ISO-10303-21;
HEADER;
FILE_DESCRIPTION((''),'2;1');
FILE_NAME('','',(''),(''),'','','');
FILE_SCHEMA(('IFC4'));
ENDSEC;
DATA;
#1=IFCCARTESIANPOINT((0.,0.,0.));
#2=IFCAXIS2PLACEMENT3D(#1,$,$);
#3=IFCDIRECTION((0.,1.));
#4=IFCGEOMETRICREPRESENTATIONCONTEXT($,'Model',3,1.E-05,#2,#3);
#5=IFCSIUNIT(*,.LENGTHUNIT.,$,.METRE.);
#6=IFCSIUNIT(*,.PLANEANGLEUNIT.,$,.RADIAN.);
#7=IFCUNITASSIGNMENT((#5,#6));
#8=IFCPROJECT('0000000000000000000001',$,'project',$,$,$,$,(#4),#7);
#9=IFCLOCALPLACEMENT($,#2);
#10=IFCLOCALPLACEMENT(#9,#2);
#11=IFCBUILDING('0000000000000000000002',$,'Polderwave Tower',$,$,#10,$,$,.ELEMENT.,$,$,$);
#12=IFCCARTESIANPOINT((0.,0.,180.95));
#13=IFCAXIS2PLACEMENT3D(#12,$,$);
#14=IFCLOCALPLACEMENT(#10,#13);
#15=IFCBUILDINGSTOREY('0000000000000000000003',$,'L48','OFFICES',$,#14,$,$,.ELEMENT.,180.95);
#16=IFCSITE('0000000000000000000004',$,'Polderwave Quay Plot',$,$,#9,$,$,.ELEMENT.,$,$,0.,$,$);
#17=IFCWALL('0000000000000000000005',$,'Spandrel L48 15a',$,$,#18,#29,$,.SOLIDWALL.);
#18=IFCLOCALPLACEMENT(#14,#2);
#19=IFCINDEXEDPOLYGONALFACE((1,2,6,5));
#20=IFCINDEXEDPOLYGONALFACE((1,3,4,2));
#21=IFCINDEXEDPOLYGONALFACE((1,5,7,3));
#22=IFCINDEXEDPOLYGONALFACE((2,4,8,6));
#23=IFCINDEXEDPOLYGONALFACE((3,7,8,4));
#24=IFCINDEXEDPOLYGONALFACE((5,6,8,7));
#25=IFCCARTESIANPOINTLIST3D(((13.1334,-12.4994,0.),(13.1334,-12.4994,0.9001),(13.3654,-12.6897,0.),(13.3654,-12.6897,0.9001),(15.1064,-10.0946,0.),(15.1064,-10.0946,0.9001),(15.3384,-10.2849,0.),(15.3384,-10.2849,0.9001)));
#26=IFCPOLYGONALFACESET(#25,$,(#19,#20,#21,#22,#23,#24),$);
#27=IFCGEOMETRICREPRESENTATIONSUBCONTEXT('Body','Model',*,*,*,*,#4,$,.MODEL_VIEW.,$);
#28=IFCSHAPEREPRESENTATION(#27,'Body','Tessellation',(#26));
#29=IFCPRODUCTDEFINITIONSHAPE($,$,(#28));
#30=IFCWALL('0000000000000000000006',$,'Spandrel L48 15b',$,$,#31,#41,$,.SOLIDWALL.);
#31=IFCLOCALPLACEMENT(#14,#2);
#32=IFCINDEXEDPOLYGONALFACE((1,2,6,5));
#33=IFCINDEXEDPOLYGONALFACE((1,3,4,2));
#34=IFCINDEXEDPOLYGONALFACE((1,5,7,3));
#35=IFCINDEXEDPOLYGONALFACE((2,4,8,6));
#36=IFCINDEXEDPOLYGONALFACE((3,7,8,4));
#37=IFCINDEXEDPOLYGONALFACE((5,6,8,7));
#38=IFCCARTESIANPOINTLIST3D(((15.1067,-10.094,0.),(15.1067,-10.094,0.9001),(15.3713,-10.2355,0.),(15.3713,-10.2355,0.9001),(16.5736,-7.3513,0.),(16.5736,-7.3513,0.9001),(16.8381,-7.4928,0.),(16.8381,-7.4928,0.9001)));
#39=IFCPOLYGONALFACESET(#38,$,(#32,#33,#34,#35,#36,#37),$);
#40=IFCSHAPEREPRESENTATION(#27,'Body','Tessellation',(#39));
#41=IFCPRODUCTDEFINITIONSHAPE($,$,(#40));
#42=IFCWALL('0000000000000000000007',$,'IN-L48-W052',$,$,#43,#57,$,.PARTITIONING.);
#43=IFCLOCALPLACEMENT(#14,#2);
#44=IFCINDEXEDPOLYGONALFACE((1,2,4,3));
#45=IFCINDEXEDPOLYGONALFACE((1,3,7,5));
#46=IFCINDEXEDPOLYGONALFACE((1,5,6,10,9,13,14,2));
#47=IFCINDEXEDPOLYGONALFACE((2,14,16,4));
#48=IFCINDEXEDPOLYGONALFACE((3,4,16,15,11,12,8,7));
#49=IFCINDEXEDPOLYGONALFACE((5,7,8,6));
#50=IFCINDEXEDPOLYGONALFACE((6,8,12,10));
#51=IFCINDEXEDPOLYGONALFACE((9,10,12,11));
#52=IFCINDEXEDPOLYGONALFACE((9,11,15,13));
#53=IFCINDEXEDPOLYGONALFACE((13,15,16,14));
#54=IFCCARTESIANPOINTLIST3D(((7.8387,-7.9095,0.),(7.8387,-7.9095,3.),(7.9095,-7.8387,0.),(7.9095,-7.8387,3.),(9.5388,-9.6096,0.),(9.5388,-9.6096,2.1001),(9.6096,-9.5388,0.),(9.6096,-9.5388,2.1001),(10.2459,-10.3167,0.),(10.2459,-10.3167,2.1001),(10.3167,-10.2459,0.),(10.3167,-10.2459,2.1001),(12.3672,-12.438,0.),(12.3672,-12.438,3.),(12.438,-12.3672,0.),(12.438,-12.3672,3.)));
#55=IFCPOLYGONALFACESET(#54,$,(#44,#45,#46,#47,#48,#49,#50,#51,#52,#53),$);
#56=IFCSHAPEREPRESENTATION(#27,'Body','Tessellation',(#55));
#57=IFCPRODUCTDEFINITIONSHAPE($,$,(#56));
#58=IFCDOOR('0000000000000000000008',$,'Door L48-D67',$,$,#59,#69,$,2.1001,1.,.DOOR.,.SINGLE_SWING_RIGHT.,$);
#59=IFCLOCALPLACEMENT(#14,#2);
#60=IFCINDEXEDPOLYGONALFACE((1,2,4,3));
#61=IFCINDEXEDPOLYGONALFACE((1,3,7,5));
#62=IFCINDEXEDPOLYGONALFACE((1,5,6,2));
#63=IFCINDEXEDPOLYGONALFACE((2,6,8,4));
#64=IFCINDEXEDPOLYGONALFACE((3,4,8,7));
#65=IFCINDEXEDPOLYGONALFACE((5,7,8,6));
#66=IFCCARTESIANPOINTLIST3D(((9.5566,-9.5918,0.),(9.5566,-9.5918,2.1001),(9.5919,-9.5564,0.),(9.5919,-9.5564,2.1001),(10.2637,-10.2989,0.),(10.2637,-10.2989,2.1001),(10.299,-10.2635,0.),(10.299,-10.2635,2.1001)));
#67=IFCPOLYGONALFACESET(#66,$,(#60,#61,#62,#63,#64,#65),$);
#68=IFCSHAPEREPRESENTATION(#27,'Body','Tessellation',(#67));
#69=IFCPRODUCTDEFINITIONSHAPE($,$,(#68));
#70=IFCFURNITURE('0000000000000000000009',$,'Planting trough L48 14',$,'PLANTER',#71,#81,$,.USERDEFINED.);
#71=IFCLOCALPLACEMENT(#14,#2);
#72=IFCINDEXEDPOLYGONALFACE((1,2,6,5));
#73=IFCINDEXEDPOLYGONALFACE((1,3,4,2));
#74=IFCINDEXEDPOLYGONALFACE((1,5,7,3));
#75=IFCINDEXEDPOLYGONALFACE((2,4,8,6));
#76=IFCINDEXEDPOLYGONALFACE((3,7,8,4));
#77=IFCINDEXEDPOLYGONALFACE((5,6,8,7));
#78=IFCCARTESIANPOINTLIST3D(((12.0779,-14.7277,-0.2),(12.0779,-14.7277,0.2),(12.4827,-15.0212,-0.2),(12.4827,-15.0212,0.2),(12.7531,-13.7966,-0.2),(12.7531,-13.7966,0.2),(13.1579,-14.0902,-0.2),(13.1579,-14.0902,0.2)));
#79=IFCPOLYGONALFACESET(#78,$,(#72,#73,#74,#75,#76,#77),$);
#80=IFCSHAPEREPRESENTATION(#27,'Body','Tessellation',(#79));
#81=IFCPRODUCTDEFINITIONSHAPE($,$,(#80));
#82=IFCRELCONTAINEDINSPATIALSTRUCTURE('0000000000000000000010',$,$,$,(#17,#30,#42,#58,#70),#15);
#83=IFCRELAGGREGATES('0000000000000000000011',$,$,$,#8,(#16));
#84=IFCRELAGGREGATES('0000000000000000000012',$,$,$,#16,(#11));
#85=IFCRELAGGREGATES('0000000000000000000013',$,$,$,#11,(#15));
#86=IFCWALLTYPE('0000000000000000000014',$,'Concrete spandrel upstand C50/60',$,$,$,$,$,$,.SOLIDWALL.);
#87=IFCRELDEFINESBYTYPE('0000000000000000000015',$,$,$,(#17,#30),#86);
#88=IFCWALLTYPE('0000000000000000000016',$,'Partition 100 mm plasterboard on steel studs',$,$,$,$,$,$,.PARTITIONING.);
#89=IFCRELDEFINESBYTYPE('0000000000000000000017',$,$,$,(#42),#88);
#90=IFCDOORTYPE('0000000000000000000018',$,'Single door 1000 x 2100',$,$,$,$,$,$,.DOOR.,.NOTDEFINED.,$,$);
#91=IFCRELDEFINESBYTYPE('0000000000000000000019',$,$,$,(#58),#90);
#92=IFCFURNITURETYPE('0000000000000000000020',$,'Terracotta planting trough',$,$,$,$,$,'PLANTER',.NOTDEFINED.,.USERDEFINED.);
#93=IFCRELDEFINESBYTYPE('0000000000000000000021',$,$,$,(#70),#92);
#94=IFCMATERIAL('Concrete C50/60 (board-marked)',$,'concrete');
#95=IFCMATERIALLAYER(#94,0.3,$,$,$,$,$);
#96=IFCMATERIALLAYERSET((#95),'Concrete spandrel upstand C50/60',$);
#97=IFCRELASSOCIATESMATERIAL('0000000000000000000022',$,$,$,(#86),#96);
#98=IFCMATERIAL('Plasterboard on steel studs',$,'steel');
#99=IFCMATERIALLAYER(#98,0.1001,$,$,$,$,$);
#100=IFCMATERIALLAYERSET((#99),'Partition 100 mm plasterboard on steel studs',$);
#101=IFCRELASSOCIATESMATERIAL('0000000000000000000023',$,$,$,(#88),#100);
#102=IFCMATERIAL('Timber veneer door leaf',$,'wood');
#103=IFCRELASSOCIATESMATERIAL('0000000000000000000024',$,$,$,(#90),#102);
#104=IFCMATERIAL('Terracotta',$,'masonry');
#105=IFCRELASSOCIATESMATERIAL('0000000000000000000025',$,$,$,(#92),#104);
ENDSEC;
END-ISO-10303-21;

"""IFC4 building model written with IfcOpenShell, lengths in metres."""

from ifc_helpers import new_model, si_unit, direction, frame, frame_2d, origin, origin_2d, place, context, subcontext, project, spatial, rectangle, extrude, material, layer, layer_set, type_object, element, fill, save


model = new_model("IFC4")

# Units and contexts
model_context = context("Model", 3, precision=1e-05, world=origin(), true_north=direction((0.0, 1.0)))
body_context = subcontext(model_context, "Body", "Model", "MODEL_VIEW")
ifc_project = project(units=[si_unit("LENGTHUNIT", "METRE"), si_unit("PLANEANGLEUNIT", "RADIAN")], contexts=[model_context])

# Site, building, storey
site_placement = place(None, origin())
site = spatial("IfcSite", under=ifc_project, at=site_placement, Name="Polderwave Quay Plot", CompositionType="ELEMENT", RefElevation=0.0)
building_placement = place(site_placement, origin())
building = spatial("IfcBuilding", under=site, at=building_placement, Name="Polderwave Tower", CompositionType="ELEMENT")
storey_placement = place(building_placement, frame((0.0, 0.0, 180.95)))
storey = spatial("IfcBuildingStorey", under=building, at=storey_placement, Name="L48", Description="OFFICES", CompositionType="ELEMENT", Elevation=180.95)

# Walls
ifc_material_1 = material(Name="Concrete C50/60 (board-marked)", Category="concrete")
ifc_layer_1 = layer(ifc_material_1, 0.3)
ifc_layer_set_1 = layer_set([ifc_layer_1], Name="Concrete spandrel upstand C50/60")
wall_type_1 = type_object("IfcWallType", Name="Concrete spandrel upstand C50/60", PredefinedType="SOLIDWALL", material=ifc_layer_set_1)
for number, where, z_axis, x_axis, name in (
    (1, (13.2495, -12.5945, 0.0), (0.0, 0.0, 1.0), (0.634267, 0.773114, 0.0), "Spandrel L48 15a"),
):
    element("IfcWall", number, at=place(storey_placement, frame(where, z_axis=z_axis, x_axis=x_axis)), inside=storey, type_object=wall_type_1, Name=name, PredefinedType="SOLIDWALL", context=body_context, shape_type="SweptSolid", body=[
        extrude(rectangle(XDim=3.1106, YDim=0.3, at=frame_2d((1.5552, 0.0))), origin(), (0.0, 0.0, 1.0), 0.9001),
    ])
wall_1_placement = place(storey_placement, frame((15.239, -10.1648, 0.0), z_axis=(0.0, 0.0, 1.0), x_axis=(0.471598, 0.881813, 0.0)))
element("IfcWall", 2, at=wall_1_placement, inside=storey, type_object=wall_type_1, Name="Spandrel L48 15b", PredefinedType="SOLIDWALL", context=body_context, shape_type="SweptSolid", body=[
    extrude(rectangle(XDim=3.1104, YDim=0.3, at=frame_2d((1.5552, 0.0))), origin(), (0.0, 0.0, 1.0), 0.9001),
])

# Wall, opening, door
ifc_material_2 = material(Name="Plasterboard on steel studs", Category="steel")
ifc_layer_2 = layer(ifc_material_2, 0.1001)
ifc_layer_set_2 = layer_set([ifc_layer_2], Name="Partition 100 mm plasterboard on steel studs")
wall_type_2 = type_object("IfcWallType", Name="Partition 100 mm plasterboard on steel studs", PredefinedType="PARTITIONING", material=ifc_layer_set_2)
wall_2_placement = place(storey_placement, frame((12.4026, -12.4026, 0.0), z_axis=(0.0, 0.0, 1.0), x_axis=(-0.707107, 0.707107, 0.0)))
wall_2 = element("IfcWall", 3, at=wall_2_placement, inside=storey, type_object=wall_type_2, Name="IN-L48-W052", PredefinedType="PARTITIONING", context=body_context, shape_type="SweptSolid", body=[
    extrude(rectangle(XDim=6.4043, YDim=0.1001, at=frame_2d((3.2021, 0.0))), origin(), (0.0, 0.0, 1.0), 3.0),
])
opening_placement = place(wall_2_placement, frame((3.0, 0.0, 0.0)))
opening = element("IfcOpeningElement", 4, at=opening_placement, cuts=wall_2, PredefinedType="OPENING", context=body_context, shape_type="SweptSolid", body=[
    extrude(rectangle(XDim=1.0, YDim=2.1001, at=frame_2d((0.5, 1.05))), frame((0.0, 0.0601, 0.0), z_axis=(0.0, -1.0, 0.0), x_axis=(1.0, 0.0, 0.0)), (0.0, 0.0, 1.0), 0.1201),
])
ifc_material_3 = material(Name="Timber veneer door leaf", Category="wood")
door_type = type_object("IfcDoorType", Name="Single door 1000 x 2100", OperationType="NOTDEFINED", PredefinedType="DOOR", material=ifc_material_3)
door_placement = place(opening_placement, origin())
door = element("IfcDoor", 5, at=door_placement, inside=storey, type_object=door_type, Name="Door L48-D67", OperationType="SINGLE_SWING_RIGHT", OverallHeight=2.1001, OverallWidth=1.0, PredefinedType="DOOR", context=body_context, shape_type="SweptSolid", body=[
    extrude(rectangle(XDim=1.0, YDim=2.1001, at=frame_2d((0.5, 1.05))), frame((0.0, 0.0249, 0.0), z_axis=(0.0, -1.0, 0.0), x_axis=(1.0, 0.0, 0.0)), (0.0, 0.0, 1.0), 0.05),
])
fill(opening, door)

# Furniture
ifc_material_4 = material(Name="Terracotta", Category="masonry")
furniture_type = type_object("IfcFurnitureType", Name="Terracotta planting trough", ElementType="PLANTER", AssemblyPlace="NOTDEFINED", PredefinedType="USERDEFINED", material=ifc_material_4)
furniture_placement = place(storey_placement, frame((12.6179, -14.4089, -0.2), z_axis=(0.0, 0.0, 1.0), x_axis=(0.587068, 0.809538, 0.0)))
element("IfcFurniture", 6, at=furniture_placement, inside=storey, type_object=furniture_type, Name="Planting trough L48 14", ObjectType="PLANTER", PredefinedType="USERDEFINED", context=body_context, shape_type="SweptSolid", body=[
    extrude(rectangle(XDim=1.1501, YDim=0.5, at=origin_2d()), origin(), (0.0, 0.0, 1.0), 0.3999),
])

save(model, "model.ifc")
